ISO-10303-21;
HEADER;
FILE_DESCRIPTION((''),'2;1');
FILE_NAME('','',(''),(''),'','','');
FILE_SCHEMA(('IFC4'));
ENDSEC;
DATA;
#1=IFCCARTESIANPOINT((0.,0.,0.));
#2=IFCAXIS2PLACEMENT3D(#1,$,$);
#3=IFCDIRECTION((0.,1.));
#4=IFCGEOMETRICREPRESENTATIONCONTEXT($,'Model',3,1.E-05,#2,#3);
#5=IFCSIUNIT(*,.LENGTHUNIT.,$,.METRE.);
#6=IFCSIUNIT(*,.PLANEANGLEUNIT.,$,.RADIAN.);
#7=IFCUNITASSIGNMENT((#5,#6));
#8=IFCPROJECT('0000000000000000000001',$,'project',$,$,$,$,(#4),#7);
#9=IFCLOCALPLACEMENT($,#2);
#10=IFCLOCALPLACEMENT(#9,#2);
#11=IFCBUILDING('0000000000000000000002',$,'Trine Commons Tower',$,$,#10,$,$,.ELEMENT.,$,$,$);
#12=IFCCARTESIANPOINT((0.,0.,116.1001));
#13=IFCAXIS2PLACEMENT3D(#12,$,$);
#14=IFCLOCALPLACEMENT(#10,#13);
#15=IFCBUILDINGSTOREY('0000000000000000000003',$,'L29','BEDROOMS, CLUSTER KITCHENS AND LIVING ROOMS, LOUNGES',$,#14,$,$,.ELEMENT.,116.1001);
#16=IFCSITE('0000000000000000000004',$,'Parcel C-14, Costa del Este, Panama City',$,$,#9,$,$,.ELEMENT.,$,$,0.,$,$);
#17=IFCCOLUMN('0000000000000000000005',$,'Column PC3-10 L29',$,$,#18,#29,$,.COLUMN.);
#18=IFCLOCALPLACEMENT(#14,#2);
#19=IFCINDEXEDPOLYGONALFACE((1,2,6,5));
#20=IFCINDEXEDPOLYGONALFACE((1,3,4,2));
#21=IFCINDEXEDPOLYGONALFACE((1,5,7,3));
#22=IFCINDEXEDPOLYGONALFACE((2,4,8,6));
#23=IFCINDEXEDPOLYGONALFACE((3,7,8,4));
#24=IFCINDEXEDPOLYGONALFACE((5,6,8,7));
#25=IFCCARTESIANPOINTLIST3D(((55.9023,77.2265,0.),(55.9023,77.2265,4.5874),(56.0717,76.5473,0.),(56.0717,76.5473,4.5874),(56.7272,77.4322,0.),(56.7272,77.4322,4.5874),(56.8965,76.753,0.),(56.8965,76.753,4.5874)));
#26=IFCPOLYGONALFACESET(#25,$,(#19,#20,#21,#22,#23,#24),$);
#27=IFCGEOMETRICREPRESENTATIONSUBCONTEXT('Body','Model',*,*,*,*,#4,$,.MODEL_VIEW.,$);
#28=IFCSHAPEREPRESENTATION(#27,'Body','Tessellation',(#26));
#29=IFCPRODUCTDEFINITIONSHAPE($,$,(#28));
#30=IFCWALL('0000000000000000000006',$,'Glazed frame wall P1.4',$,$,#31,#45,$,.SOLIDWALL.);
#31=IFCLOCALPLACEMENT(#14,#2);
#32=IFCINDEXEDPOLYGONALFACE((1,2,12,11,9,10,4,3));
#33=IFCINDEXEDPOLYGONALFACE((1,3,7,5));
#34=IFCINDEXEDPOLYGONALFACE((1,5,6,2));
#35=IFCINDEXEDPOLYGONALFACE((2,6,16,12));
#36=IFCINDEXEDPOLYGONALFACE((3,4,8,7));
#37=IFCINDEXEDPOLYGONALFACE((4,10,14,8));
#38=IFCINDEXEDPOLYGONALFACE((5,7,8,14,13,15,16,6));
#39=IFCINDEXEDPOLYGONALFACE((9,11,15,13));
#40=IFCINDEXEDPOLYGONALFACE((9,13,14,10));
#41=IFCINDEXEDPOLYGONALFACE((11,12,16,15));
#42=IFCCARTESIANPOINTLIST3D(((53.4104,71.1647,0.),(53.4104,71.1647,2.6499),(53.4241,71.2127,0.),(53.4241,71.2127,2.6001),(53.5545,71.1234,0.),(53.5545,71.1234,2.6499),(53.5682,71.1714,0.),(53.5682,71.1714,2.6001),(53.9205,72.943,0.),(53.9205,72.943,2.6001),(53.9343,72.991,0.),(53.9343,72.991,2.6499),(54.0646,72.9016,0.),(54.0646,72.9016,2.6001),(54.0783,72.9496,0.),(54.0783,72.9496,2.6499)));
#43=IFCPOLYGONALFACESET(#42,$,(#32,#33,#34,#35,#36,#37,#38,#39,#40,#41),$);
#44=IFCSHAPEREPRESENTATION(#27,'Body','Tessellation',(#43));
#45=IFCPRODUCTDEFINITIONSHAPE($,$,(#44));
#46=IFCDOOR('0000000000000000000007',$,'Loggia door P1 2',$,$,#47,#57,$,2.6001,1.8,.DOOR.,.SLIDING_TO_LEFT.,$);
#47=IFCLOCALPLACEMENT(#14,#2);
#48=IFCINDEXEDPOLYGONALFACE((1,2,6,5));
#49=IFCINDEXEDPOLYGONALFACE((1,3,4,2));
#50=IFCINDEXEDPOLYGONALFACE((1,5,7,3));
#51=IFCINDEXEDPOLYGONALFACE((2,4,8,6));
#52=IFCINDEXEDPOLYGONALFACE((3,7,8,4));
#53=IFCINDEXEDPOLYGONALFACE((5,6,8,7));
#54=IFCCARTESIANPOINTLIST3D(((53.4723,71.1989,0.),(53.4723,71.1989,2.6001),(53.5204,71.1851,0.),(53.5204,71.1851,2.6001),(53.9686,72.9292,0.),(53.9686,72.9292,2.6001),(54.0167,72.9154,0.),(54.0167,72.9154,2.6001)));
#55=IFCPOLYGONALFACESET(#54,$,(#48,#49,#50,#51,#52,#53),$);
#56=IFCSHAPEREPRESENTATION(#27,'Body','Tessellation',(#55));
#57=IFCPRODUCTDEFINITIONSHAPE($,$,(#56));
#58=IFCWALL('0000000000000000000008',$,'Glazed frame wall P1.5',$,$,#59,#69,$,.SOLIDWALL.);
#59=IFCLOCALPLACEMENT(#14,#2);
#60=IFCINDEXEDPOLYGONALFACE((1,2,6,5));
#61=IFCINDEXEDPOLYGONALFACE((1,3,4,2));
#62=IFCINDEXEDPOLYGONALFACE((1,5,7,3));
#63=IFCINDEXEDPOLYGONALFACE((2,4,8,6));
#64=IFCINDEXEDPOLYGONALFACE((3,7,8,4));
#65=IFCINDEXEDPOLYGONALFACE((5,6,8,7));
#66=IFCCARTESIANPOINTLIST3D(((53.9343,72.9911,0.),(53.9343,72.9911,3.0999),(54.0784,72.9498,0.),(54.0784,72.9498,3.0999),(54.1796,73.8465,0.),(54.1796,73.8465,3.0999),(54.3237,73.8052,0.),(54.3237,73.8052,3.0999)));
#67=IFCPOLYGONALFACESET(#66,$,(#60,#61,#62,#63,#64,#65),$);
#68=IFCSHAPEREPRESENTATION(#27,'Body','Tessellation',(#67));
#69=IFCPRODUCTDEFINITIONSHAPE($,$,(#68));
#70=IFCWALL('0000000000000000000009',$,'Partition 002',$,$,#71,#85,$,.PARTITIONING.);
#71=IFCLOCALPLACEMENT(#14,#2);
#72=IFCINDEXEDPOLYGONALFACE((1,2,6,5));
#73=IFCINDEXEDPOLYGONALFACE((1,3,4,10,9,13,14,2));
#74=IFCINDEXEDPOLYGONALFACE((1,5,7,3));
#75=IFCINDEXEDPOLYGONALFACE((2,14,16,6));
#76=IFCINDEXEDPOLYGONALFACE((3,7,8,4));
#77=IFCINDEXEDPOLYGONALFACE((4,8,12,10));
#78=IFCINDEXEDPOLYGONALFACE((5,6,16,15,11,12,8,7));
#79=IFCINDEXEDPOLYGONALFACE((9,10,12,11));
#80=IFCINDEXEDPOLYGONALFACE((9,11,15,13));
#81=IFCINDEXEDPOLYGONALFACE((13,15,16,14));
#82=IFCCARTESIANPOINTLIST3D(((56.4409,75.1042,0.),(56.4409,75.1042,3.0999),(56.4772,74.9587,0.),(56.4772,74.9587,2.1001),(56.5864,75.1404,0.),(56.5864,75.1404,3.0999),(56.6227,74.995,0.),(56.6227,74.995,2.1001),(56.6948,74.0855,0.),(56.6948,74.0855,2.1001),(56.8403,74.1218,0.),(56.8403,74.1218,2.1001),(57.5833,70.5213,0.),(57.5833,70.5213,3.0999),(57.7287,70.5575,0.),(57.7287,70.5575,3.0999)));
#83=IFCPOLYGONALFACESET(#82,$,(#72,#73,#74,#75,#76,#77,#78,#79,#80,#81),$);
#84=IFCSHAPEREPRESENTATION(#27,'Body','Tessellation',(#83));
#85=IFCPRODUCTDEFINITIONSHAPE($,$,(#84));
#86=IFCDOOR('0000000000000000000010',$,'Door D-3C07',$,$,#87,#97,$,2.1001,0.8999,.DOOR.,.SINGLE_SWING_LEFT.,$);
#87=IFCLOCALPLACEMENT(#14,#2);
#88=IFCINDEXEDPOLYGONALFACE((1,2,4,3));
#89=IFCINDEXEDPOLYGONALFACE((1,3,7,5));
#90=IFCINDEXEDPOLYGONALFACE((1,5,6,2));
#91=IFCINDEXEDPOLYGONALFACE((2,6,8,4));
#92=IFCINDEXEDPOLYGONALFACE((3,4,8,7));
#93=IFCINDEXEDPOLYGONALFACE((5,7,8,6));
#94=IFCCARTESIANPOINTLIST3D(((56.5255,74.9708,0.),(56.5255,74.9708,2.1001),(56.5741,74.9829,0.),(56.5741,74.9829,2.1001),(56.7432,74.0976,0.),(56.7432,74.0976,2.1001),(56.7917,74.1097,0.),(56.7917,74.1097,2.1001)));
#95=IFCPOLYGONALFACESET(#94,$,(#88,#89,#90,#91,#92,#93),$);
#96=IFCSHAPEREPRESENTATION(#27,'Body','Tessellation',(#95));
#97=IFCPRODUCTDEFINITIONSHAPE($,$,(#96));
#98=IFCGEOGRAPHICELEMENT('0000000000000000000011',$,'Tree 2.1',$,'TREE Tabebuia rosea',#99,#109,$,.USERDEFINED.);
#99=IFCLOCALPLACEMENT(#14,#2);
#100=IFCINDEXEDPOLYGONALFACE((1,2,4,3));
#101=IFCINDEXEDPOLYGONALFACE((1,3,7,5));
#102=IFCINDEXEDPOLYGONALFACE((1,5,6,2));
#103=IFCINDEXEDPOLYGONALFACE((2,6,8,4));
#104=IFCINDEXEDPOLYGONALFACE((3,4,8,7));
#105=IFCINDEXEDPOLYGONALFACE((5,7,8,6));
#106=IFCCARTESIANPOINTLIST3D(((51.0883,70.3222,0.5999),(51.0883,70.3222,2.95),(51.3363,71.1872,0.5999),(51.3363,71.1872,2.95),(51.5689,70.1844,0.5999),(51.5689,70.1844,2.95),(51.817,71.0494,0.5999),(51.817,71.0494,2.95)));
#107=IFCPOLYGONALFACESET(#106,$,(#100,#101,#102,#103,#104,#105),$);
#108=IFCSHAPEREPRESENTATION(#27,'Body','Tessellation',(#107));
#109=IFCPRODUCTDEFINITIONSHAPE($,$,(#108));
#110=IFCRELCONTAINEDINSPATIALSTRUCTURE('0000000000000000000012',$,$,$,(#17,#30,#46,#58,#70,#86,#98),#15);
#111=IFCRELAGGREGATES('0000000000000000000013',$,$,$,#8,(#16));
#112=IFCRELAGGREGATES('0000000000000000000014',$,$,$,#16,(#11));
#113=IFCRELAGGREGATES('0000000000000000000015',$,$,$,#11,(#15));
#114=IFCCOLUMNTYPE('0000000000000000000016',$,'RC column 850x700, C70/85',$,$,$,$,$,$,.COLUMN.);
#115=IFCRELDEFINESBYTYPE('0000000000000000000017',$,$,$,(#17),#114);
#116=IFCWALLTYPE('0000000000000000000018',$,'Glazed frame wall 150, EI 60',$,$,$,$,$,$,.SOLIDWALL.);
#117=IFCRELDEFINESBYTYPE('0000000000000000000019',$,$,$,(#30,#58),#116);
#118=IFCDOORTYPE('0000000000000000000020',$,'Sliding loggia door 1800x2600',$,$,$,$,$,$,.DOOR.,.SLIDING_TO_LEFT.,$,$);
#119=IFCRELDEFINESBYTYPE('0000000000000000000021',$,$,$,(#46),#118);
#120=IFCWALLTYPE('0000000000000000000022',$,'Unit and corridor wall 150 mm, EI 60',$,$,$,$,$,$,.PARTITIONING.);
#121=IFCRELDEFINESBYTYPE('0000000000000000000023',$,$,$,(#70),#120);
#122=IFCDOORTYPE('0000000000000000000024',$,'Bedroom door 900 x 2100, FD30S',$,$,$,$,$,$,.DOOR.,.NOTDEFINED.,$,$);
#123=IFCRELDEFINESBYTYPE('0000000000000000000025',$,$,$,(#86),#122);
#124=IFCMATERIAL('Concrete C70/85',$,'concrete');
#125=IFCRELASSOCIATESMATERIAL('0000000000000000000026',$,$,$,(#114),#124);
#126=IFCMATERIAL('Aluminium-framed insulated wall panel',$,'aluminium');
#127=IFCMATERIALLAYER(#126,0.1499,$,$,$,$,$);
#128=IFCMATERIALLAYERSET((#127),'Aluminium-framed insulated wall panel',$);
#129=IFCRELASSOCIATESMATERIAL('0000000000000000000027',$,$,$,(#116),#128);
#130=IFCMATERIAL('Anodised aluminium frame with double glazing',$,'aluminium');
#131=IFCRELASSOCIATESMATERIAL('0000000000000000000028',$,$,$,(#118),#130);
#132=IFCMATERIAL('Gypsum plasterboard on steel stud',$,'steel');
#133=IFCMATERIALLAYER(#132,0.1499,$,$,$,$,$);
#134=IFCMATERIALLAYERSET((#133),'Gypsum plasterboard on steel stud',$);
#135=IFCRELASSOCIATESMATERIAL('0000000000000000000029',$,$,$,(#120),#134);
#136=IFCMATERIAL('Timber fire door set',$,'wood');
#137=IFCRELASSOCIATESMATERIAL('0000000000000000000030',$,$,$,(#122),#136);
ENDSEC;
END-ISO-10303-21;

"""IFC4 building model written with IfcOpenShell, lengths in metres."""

from ifc_helpers import new_model, si_unit, direction, frame, frame_2d, origin, origin_2d, place, context, subcontext, project, spatial, polyline, rectangle, outline, extrude, material, layer, layer_set, material_profile, profile_set, type_object, element, fill, save


model = new_model("IFC4")

# Units and contexts
model_context = context("Model", 3, precision=1e-05, world=origin(), true_north=direction((0.0, 1.0)))
body_context = subcontext(model_context, "Body", "Model", "MODEL_VIEW")
ifc_project = project(units=[si_unit("LENGTHUNIT", "METRE"), si_unit("PLANEANGLEUNIT", "RADIAN")], contexts=[model_context])

# Site, building, storey
site_placement = place(None, origin())
site = spatial("IfcSite", under=ifc_project, at=site_placement, Name="Parcel C-14, Costa del Este, Panama City", CompositionType="ELEMENT", RefElevation=0.0)
building_placement = place(site_placement, origin())
building = spatial("IfcBuilding", under=site, at=building_placement, Name="Trine Commons Tower", CompositionType="ELEMENT")
storey_placement = place(building_placement, frame((0.0, 0.0, 116.1001)))
storey = spatial("IfcBuildingStorey", under=building, at=storey_placement, Name="L29", Description="BEDROOMS, CLUSTER KITCHENS AND LIVING ROOMS, LOUNGES", CompositionType="ELEMENT", Elevation=116.1001)

# Column
ifc_material_1 = material(Name="Concrete C70/85", Category="concrete")
ifc_material_profile = material_profile(ifc_material_1, rectangle(XDim=0.8501, YDim=0.7, at=origin_2d()), Name="RC 850x700")
ifc_profile_set = profile_set([ifc_material_profile], Name="Concrete C70/85")
column_type = type_object("IfcColumnType", Name="RC column 850x700, C70/85", PredefinedType="COLUMN", material=ifc_profile_set)
column_placement = place(storey_placement, frame((56.3994, 76.9897, 0.0), z_axis=(0.0, 0.0, 1.0), x_axis=(0.970296, 0.241922, 0.0)))
element("IfcColumn", 1, at=column_placement, inside=storey, type_object=column_type, Name="Column PC3-10 L29", PredefinedType="COLUMN", context=body_context, shape_type="SweptSolid", body=[
    extrude(rectangle(XDim=0.8501, YDim=0.7, at=origin_2d()), origin(), (0.0, 0.0, 1.0), 4.5874),
])

# Wall, opening, door
ifc_material_2 = material(Name="Aluminium-framed insulated wall panel", Category="aluminium")
ifc_layer_1 = layer(ifc_material_2, 0.1499)
ifc_layer_set_1 = layer_set([ifc_layer_1], Name="Aluminium-framed insulated wall panel")
wall_type_1 = type_object("IfcWallType", Name="Glazed frame wall 150, EI 60", PredefinedType="SOLIDWALL", material=ifc_layer_set_1)
wall_1_placement = place(storey_placement, frame((53.4824, 71.144, 0.0), z_axis=(0.0, 0.0, 1.0), x_axis=(0.275739, 0.961232, 0.0)))
wall_1 = element("IfcWall", 2, at=wall_1_placement, inside=storey, type_object=wall_type_1, Name="Glazed frame wall P1.4", PredefinedType="SOLIDWALL", context=body_context, shape_type="SweptSolid", body=[
    extrude(outline(polyline([(0.0, -0.075), (1.8999, -0.075), (1.8999, 0.075), (0.0, 0.075), (0.0, -0.075)])), origin(), (0.0, 0.0, 1.0), 2.6499),
])
opening_1_placement = place(wall_1_placement, frame((0.05, 0.0, 0.0)))
opening_1 = element("IfcOpeningElement", 3, at=opening_1_placement, cuts=wall_1, PredefinedType="OPENING", context=body_context, shape_type="SweptSolid", body=[
    extrude(rectangle(XDim=1.8, YDim=2.6001, at=frame_2d((0.8999, 1.3))), frame((0.0, 0.085, 0.0), z_axis=(0.0, -1.0, 0.0), x_axis=(1.0, 0.0, 0.0)), (0.0, 0.0, 1.0), 0.1699),
])
ifc_material_3 = material(Name="Anodised aluminium frame with double glazing", Category="aluminium")
door_type_1 = type_object("IfcDoorType", Name="Sliding loggia door 1800x2600", OperationType="SLIDING_TO_LEFT", PredefinedType="DOOR", material=ifc_material_3)
door_1_placement = place(opening_1_placement, origin())
door_1 = element("IfcDoor", 4, at=door_1_placement, inside=storey, type_object=door_type_1, Name="Loggia door P1 2", OperationType="SLIDING_TO_LEFT", OverallHeight=2.6001, OverallWidth=1.8, PredefinedType="DOOR", context=body_context, shape_type="SweptSolid", body=[
    extrude(rectangle(XDim=1.8, YDim=2.6001, at=frame_2d((0.8999, 1.3))), frame((0.0, 0.0249, 0.0), z_axis=(0.0, -1.0, 0.0), x_axis=(1.0, 0.0, 0.0)), (0.0, 0.0, 1.0), 0.05),
])
fill(opening_1, door_1)

# Wall
wall_2_placement = place(storey_placement, frame((54.0063, 72.9705, 0.0), z_axis=(0.0, 0.0, 1.0), x_axis=(0.275656, 0.961256, 0.0)))
element("IfcWall", 5, at=wall_2_placement, inside=storey, type_object=wall_type_1, Name="Glazed frame wall P1.5", PredefinedType="SOLIDWALL", context=body_context, shape_type="SweptSolid", body=[
    extrude(outline(polyline([(0.8899, 0.075), (0.0, 0.075), (0.0, -0.075), (0.8899, -0.075), (0.8899, 0.075)])), origin(), (0.0, 0.0, 1.0), 3.0999),
])

# Wall, opening, door
ifc_material_4 = material(Name="Gypsum plasterboard on steel stud", Category="steel")
ifc_layer_2 = layer(ifc_material_4, 0.1499)
ifc_layer_set_2 = layer_set([ifc_layer_2], Name="Gypsum plasterboard on steel stud")
wall_type_2 = type_object("IfcWallType", Name="Unit and corridor wall 150 mm, EI 60", PredefinedType="PARTITIONING", material=ifc_layer_set_2)
wall_3_placement = place(storey_placement, frame((56.5137, 75.1223, 0.0), z_axis=(0.0, 0.0, 1.0), x_axis=(0.241854, -0.970313, 0.0)))
wall_3 = element("IfcWall", 6, at=wall_3_placement, inside=storey, type_object=wall_type_2, Name="Partition 002", PredefinedType="PARTITIONING", context=body_context, shape_type="SweptSolid", body=[
    extrude(rectangle(XDim=4.7231, YDim=0.1499, at=frame_2d((2.3616, 0.0))), origin(), (0.0, 0.0, 1.0), 3.0999),
])
opening_2_placement = place(wall_3_placement, frame((0.1499, 0.0, 0.0)))
opening_2 = element("IfcOpeningElement", 7, at=opening_2_placement, cuts=wall_3, PredefinedType="OPENING", context=body_context, shape_type="SweptSolid", body=[
    extrude(rectangle(XDim=0.8999, YDim=2.1001, at=frame_2d((0.45, 1.05))), frame((0.0, 0.085, 0.0), z_axis=(0.0, -1.0, 0.0), x_axis=(1.0, 0.0, 0.0)), (0.0, 0.0, 1.0), 0.1699),
])
ifc_material_5 = material(Name="Timber fire door set", Category="wood")
door_type_2 = type_object("IfcDoorType", Name="Bedroom door 900 x 2100, FD30S", OperationType="NOTDEFINED", PredefinedType="DOOR", material=ifc_material_5)
door_2_placement = place(opening_2_placement, origin())
door_2 = element("IfcDoor", 8, at=door_2_placement, inside=storey, type_object=door_type_2, Name="Door D-3C07", OperationType="SINGLE_SWING_LEFT", OverallHeight=2.1001, OverallWidth=0.8999, PredefinedType="DOOR", context=body_context, shape_type="SweptSolid", body=[
    extrude(rectangle(XDim=0.8999, YDim=2.1001, at=frame_2d((0.45, 1.05))), frame((0.0, 0.0249, 0.0), z_axis=(0.0, -1.0, 0.0), x_axis=(1.0, 0.0, 0.0)), (0.0, 0.0, 1.0), 0.05),
])
fill(opening_2, door_2)

# Geographic element
geographic_element_placement = place(storey_placement, frame((51.4526, 70.6858, 0.5999), z_axis=(0.0, 0.0, 1.0), x_axis=(0.275646, 0.961259, 0.0)))
element("IfcGeographicElement", 9, at=geographic_element_placement, inside=storey, Name="Tree 2.1", ObjectType="TREE Tabebuia rosea", PredefinedType="USERDEFINED", context=body_context, shape_type="SweptSolid", body=[
    extrude(rectangle(XDim=0.8999, YDim=0.5, at=origin_2d()), origin(), (0.0, 0.0, 1.0), 2.3501),
])

save(model, "model.ifc")
